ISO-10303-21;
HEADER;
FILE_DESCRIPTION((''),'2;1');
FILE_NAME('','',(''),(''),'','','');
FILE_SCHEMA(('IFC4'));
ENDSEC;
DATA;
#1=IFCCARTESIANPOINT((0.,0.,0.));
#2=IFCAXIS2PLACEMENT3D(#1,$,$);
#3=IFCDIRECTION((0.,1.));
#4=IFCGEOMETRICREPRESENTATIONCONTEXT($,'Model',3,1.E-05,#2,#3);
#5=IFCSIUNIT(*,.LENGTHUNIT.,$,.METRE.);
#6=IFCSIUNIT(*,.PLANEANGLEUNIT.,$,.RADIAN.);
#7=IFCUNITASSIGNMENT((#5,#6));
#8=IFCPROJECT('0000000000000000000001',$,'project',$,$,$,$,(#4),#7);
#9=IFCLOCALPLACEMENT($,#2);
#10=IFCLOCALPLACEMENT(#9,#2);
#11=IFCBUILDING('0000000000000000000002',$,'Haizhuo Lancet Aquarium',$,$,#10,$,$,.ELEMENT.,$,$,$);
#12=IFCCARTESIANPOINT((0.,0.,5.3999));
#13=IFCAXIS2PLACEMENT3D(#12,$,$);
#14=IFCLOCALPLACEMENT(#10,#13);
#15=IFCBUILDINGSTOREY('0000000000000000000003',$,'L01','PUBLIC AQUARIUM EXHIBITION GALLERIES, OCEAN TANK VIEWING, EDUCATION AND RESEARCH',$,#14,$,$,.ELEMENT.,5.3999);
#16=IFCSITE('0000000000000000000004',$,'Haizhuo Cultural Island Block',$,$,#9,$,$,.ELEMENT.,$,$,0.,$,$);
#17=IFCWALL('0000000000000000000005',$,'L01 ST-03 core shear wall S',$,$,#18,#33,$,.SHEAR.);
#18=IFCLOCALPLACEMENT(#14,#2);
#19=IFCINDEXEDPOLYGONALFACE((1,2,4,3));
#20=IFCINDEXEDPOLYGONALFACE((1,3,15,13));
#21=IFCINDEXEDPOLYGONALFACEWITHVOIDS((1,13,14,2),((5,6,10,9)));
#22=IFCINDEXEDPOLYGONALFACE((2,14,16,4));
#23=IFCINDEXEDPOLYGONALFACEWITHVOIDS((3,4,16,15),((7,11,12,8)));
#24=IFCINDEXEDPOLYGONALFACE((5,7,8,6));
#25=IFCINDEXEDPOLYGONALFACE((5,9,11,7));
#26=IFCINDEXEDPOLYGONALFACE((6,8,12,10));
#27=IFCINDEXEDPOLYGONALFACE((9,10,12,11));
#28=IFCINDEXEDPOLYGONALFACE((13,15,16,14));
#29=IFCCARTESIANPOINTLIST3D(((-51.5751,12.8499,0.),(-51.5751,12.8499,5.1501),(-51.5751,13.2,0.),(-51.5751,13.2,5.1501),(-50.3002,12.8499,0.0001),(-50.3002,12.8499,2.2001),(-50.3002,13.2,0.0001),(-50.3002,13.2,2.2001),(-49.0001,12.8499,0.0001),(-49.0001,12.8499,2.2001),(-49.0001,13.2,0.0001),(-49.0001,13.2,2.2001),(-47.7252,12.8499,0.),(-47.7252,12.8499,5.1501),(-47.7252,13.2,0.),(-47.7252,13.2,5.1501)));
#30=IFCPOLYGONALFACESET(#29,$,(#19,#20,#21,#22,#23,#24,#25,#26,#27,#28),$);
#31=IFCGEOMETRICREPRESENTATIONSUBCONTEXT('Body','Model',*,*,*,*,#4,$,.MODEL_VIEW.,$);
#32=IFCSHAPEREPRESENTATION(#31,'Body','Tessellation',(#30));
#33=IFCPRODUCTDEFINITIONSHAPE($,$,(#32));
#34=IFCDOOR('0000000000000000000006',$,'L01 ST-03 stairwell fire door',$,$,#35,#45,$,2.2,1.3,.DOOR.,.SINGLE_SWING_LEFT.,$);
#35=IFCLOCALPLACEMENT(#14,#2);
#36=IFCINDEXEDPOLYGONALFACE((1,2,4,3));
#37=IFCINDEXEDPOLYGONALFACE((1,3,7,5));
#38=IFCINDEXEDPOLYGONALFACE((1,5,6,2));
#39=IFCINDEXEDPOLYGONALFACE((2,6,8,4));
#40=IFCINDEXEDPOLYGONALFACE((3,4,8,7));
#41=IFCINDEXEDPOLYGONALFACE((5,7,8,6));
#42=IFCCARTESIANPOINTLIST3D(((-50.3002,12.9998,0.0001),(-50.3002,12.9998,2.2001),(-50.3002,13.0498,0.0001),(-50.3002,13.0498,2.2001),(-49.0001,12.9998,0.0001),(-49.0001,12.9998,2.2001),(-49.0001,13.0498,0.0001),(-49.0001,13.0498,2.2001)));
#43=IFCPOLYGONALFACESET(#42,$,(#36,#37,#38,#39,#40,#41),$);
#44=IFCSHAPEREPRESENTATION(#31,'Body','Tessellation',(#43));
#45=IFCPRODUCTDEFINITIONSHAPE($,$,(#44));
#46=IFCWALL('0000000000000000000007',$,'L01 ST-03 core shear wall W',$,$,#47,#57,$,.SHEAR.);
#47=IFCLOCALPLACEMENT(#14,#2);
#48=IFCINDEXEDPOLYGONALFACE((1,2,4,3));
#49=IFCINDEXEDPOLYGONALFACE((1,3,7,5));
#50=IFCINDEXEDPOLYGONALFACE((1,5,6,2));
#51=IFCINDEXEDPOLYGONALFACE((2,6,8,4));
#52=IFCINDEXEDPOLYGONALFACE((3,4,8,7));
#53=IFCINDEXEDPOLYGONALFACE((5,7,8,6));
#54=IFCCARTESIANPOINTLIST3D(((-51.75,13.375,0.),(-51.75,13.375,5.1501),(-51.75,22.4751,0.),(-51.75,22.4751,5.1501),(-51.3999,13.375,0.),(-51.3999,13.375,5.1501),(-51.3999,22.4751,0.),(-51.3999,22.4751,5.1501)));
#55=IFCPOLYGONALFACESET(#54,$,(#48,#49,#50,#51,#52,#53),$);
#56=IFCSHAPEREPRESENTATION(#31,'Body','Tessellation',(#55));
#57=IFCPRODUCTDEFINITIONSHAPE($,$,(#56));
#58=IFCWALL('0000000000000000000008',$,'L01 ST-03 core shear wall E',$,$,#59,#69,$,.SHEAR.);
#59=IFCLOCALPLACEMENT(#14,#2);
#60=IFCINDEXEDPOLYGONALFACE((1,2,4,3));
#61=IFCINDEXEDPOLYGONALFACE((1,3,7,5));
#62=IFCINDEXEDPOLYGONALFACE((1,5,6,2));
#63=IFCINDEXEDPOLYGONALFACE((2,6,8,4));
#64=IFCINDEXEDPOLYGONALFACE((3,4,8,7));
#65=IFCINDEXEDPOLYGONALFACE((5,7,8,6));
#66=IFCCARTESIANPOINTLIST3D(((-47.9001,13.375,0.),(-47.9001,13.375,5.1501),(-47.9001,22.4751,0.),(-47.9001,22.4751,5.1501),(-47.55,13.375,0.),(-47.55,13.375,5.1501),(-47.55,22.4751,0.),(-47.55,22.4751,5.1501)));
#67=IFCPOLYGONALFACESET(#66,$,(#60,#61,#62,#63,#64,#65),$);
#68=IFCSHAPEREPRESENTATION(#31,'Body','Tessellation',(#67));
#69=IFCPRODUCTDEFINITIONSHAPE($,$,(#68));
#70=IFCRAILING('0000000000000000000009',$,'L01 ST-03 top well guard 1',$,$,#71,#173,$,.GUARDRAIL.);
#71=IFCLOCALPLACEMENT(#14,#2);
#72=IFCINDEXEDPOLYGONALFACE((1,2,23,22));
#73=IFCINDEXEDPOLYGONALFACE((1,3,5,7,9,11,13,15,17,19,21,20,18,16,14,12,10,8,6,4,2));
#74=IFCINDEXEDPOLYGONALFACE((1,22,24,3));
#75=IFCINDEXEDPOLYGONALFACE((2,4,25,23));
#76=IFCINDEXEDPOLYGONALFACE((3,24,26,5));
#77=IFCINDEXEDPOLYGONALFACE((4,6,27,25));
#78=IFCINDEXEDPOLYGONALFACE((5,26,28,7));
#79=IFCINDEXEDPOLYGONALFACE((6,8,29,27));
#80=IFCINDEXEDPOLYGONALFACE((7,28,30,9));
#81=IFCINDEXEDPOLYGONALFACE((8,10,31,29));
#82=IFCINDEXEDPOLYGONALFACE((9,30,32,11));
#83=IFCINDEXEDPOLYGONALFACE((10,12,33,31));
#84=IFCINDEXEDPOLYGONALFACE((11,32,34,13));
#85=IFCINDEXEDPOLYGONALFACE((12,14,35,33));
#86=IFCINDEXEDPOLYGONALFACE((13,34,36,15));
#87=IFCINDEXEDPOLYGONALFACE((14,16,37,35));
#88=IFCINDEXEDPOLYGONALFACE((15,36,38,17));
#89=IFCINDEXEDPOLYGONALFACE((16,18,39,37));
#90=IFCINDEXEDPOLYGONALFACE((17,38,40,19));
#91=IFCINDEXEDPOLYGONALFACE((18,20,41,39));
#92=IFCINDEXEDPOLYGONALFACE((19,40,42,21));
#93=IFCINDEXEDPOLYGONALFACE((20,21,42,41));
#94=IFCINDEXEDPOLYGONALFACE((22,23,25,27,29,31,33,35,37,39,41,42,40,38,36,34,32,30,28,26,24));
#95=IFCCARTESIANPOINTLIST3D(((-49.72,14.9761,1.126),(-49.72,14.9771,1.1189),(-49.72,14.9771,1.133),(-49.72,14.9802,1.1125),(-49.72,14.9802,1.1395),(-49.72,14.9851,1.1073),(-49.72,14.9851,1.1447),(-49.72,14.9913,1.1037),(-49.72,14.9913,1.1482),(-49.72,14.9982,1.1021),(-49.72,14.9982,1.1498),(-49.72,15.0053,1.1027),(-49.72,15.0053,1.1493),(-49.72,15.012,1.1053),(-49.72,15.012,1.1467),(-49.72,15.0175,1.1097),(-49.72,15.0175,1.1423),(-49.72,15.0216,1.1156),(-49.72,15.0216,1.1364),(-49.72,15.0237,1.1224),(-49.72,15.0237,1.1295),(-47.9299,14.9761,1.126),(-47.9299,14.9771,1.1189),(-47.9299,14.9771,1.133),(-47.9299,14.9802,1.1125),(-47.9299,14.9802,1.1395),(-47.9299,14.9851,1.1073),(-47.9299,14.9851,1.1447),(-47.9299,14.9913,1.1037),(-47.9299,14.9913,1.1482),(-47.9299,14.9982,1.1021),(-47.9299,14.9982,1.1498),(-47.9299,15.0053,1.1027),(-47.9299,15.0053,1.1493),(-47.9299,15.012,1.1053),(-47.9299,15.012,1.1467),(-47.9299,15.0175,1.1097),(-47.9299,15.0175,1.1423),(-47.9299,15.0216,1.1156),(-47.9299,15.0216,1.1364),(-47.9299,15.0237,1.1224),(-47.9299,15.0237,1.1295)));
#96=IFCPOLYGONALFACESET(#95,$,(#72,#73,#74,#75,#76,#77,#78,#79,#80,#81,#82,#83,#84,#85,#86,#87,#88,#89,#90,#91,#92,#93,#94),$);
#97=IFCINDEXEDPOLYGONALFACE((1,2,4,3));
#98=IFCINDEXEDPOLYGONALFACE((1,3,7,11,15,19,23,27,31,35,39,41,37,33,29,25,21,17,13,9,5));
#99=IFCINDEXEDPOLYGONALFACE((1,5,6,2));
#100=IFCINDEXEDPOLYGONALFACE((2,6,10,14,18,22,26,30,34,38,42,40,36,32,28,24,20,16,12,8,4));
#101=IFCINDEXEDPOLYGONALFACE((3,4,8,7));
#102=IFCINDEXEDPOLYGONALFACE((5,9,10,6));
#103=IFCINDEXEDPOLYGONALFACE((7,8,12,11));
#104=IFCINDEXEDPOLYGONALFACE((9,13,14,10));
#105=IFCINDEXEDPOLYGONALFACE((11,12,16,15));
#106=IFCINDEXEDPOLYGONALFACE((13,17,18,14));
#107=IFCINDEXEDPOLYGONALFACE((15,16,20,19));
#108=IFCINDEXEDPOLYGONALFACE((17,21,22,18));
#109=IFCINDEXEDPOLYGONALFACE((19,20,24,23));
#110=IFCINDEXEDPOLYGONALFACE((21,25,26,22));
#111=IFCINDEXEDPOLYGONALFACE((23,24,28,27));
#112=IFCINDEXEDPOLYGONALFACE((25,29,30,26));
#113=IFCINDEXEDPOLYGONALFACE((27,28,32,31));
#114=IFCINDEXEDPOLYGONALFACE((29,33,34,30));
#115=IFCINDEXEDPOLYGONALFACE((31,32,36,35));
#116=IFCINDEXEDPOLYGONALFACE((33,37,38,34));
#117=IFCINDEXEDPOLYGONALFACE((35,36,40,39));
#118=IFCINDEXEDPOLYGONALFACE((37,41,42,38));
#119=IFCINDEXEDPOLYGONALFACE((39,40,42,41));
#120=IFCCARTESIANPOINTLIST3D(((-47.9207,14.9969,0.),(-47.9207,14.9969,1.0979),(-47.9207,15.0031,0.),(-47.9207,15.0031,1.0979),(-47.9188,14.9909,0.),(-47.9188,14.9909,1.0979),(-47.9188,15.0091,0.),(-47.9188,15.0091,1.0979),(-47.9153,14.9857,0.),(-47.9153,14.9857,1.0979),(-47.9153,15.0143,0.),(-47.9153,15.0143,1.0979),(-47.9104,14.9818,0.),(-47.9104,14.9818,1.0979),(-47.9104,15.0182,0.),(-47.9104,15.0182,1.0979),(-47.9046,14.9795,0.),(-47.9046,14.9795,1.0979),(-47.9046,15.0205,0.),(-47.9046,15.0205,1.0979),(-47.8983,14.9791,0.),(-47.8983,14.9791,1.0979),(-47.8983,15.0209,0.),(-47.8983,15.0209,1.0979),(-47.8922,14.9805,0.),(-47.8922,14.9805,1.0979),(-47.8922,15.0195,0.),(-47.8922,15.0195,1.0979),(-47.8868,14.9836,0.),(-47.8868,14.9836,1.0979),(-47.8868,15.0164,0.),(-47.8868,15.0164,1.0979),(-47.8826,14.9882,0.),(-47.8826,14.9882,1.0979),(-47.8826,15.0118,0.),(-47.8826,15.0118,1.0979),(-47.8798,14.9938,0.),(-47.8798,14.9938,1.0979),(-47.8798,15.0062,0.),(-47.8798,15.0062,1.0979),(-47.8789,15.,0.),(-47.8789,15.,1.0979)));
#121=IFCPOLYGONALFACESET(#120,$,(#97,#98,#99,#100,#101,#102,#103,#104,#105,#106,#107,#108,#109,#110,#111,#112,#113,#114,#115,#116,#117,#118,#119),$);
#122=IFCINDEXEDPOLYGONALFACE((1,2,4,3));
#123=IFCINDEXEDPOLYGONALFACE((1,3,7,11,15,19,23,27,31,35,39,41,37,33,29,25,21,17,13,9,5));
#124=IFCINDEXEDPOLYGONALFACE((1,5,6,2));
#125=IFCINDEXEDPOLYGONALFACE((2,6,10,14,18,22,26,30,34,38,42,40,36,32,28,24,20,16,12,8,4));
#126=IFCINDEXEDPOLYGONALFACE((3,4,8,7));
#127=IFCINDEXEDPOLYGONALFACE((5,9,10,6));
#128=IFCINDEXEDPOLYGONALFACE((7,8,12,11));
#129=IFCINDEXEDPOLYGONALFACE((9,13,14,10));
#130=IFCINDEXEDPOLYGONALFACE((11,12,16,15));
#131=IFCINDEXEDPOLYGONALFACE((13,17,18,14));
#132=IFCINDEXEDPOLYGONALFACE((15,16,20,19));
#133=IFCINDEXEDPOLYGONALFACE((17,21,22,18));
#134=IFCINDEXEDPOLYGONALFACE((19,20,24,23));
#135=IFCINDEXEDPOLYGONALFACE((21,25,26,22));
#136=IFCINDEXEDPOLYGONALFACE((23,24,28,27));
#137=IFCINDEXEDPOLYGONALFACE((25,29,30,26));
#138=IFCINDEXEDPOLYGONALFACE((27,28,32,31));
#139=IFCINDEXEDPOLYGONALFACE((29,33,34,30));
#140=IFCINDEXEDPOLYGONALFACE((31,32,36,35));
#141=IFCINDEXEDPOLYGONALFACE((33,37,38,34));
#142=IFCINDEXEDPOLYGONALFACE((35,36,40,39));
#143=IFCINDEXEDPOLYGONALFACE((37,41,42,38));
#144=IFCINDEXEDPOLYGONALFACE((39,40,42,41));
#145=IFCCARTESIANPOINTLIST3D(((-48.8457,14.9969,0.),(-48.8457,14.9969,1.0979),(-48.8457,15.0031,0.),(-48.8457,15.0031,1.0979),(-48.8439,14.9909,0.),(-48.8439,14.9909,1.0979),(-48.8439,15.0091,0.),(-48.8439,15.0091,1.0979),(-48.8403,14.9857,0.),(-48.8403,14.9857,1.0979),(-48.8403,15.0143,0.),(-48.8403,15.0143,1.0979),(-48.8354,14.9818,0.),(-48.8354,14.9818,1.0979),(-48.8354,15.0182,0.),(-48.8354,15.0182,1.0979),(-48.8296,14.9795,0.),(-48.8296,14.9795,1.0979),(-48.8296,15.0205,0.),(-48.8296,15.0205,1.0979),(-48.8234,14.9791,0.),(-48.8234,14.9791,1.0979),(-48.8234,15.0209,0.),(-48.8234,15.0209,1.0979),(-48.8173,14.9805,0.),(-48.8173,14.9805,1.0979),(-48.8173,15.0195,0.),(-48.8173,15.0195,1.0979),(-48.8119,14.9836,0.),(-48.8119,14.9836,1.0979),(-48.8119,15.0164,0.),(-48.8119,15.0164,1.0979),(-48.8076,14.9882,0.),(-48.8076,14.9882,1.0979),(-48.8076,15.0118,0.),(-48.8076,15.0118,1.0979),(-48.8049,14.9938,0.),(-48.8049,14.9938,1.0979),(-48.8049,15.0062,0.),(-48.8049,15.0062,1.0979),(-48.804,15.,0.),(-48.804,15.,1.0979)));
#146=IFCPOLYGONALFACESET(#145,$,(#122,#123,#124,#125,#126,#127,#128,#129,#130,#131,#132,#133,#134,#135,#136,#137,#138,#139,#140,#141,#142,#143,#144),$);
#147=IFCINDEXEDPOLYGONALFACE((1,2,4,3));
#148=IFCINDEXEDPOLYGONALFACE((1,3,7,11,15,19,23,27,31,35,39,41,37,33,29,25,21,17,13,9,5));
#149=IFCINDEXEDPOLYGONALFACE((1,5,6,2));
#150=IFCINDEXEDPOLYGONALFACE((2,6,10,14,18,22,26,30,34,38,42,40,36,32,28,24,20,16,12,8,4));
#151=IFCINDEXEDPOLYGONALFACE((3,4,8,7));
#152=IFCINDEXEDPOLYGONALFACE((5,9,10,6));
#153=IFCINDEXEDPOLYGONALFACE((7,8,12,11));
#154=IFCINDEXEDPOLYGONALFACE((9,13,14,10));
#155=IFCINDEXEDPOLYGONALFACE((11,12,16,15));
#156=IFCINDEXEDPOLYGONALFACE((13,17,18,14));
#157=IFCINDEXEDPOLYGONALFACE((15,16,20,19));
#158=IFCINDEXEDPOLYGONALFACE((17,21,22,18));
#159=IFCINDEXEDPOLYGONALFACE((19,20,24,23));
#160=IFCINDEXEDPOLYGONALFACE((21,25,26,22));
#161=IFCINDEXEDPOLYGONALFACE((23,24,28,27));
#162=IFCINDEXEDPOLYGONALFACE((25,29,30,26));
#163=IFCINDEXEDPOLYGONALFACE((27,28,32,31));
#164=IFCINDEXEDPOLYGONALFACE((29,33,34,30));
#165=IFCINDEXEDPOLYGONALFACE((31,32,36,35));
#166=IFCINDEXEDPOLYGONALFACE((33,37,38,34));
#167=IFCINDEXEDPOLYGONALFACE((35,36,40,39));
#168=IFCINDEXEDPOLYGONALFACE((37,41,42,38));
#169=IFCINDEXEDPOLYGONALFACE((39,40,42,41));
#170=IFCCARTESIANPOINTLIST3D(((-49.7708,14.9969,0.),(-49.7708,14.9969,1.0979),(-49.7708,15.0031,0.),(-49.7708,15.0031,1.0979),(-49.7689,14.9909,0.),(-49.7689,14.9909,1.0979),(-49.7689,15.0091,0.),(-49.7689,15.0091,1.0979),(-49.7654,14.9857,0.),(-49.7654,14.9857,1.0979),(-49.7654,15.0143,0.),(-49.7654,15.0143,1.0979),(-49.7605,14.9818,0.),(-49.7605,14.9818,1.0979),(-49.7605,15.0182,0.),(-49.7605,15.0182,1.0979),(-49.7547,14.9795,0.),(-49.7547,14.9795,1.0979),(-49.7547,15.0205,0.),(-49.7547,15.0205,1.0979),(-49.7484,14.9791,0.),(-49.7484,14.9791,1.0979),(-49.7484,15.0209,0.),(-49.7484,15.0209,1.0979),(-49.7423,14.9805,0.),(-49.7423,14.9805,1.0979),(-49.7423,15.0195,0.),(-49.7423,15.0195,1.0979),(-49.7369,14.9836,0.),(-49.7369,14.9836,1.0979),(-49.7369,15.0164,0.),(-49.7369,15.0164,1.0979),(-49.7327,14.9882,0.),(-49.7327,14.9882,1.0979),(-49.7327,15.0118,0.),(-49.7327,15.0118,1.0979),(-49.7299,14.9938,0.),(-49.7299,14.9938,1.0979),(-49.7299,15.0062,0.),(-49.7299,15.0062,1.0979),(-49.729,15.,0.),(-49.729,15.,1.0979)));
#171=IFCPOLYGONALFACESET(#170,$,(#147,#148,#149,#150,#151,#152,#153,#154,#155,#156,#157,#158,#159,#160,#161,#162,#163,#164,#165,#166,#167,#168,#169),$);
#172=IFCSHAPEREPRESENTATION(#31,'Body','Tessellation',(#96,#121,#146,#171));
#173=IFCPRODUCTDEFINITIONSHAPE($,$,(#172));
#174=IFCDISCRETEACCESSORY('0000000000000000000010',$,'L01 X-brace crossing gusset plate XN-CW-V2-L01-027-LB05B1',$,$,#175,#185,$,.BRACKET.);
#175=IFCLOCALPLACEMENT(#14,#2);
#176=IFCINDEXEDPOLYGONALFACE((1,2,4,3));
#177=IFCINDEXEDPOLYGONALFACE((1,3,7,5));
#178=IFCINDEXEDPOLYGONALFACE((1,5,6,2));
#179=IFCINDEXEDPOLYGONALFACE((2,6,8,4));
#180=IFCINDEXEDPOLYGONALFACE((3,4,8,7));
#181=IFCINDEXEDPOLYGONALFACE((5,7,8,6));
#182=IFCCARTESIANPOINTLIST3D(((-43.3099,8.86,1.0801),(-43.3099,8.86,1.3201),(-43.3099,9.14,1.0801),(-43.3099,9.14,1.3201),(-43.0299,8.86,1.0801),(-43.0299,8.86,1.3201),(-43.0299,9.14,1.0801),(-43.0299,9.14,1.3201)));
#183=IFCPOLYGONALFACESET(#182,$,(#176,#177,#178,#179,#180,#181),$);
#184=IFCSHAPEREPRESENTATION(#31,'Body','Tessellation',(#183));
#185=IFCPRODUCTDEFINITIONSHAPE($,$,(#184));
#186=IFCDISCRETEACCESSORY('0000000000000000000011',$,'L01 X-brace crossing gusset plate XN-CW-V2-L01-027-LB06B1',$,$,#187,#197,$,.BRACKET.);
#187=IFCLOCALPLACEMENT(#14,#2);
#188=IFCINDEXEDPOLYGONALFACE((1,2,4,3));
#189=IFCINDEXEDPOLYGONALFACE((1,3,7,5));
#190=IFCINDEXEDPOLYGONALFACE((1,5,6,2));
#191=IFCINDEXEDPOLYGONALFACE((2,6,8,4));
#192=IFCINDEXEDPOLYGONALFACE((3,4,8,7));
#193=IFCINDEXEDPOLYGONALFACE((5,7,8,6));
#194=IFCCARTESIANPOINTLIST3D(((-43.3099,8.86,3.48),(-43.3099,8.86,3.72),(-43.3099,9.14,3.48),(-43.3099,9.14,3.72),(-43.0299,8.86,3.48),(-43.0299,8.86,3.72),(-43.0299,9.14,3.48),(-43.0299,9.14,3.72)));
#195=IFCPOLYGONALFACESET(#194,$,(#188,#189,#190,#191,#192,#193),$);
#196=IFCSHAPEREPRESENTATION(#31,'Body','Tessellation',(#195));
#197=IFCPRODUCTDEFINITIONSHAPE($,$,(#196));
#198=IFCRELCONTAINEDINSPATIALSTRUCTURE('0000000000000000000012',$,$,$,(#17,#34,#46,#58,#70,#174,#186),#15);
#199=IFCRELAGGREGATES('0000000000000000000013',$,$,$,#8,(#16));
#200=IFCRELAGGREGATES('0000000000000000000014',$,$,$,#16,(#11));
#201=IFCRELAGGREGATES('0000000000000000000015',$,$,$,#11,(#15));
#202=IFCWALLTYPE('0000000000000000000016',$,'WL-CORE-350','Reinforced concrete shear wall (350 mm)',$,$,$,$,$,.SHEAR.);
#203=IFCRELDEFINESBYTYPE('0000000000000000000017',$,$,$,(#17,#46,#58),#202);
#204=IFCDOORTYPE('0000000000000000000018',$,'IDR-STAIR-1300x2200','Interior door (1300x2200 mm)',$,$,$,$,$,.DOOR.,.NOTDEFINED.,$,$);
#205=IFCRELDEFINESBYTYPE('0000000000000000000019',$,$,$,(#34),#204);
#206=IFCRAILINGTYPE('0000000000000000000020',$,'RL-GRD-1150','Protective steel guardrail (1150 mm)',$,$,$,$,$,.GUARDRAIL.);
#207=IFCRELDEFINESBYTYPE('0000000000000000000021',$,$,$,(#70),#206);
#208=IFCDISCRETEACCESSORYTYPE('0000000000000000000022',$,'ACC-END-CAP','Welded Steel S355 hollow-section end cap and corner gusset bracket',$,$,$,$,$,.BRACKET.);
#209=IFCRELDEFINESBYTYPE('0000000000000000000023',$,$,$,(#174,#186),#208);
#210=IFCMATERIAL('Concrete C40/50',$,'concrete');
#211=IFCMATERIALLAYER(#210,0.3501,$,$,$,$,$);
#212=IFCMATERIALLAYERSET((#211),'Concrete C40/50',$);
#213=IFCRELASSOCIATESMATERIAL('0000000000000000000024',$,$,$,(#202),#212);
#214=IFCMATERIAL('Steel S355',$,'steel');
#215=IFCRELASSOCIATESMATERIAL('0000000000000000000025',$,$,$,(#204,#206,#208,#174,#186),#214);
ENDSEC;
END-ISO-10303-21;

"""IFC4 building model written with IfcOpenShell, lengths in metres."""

from ifc_helpers import new_model, si_unit, direction, frame, frame_2d, origin, origin_2d, place, context, subcontext, project, spatial, rectangle, circle, extrude, material, layer, layer_set, type_object, element, fill, save


model = new_model("IFC4")

# Units and contexts
model_context = context("Model", 3, precision=1e-05, world=origin(), true_north=direction((0.0, 1.0)))
body_context = subcontext(model_context, "Body", "Model", "MODEL_VIEW")
ifc_project = project(units=[si_unit("LENGTHUNIT", "METRE"), si_unit("PLANEANGLEUNIT", "RADIAN")], contexts=[model_context])

# Site, building, storey
site_placement = place(None, origin())
site = spatial("IfcSite", under=ifc_project, at=site_placement, Name="Haizhuo Cultural Island Block", CompositionType="ELEMENT", RefElevation=0.0)
building_placement = place(site_placement, origin())
building = spatial("IfcBuilding", under=site, at=building_placement, Name="Haizhuo Lancet Aquarium", CompositionType="ELEMENT")
storey_placement = place(building_placement, frame((0.0, 0.0, 5.3999)))
storey = spatial("IfcBuildingStorey", under=building, at=storey_placement, Name="L01", Description="PUBLIC AQUARIUM EXHIBITION GALLERIES, OCEAN TANK VIEWING, EDUCATION AND RESEARCH", CompositionType="ELEMENT", Elevation=5.3999)

# Shared definitions
ifc_material_1 = material(Name="Concrete C40/50", Category="concrete")

# Shared definitions
ifc_material_2 = material(Name="Steel S355", Category="steel")

# Wall, opening, door
ifc_layer_1 = layer(ifc_material_1, 0.3501)
ifc_layer_set_1 = layer_set([ifc_layer_1], Name="Concrete C40/50")
wall_type_1 = type_object("IfcWallType", Name="WL-CORE-350", Description="Reinforced concrete shear wall (350 mm)", PredefinedType="SHEAR", material=ifc_layer_set_1)
wall_1_placement = place(storey_placement, frame((-51.575, 13.0249, 0.0), z_axis=(0.0, 0.0, 1.0), x_axis=(1.0, 0.0, 0.0)))
wall_1 = element("IfcWall", 1, at=wall_1_placement, inside=storey, type_object=wall_type_1, Name="L01 ST-03 core shear wall S", PredefinedType="SHEAR", context=body_context, shape_type="SweptSolid", body=[
    extrude(rectangle(XDim=3.8499, YDim=0.3501, at=frame_2d((1.9248, 0.0))), origin(), (0.0, 0.0, 1.0), 5.1501),
])
opening_1_placement = place(wall_1_placement, frame((1.2749, 0.0, 0.0)))
opening_1 = element("IfcOpeningElement", 2, at=opening_1_placement, cuts=wall_1, PredefinedType="OPENING", context=body_context, shape_type="SweptSolid", body=[
    extrude(rectangle(XDim=1.3, YDim=2.2, at=frame_2d((0.6499, 1.1001))), frame((0.0, 0.1851, 0.0), z_axis=(0.0, -1.0, 0.0), x_axis=(1.0, 0.0, 0.0)), (0.0, 0.0, 1.0), 0.3701),
])
door_type_1 = type_object("IfcDoorType", Name="IDR-STAIR-1300x2200", Description="Interior door (1300x2200 mm)", OperationType="NOTDEFINED", PredefinedType="DOOR", material=ifc_material_2)
door_1_placement = place(opening_1_placement, origin())
door_1 = element("IfcDoor", 3, at=door_1_placement, inside=storey, type_object=door_type_1, Name="L01 ST-03 stairwell fire door", OperationType="SINGLE_SWING_LEFT", OverallHeight=2.2, OverallWidth=1.3, PredefinedType="DOOR", context=body_context, shape_type="SweptSolid", body=[
    extrude(rectangle(XDim=1.3, YDim=2.2, at=frame_2d((0.6499, 1.1001))), frame((0.0, 0.0249, 0.0), z_axis=(0.0, -1.0, 0.0), x_axis=(1.0, 0.0, 0.0)), (0.0, 0.0, 1.0), 0.05),
])
fill(opening_1, door_1)

# Walls
for number, where, z_axis, x_axis, name in (
    (4, (-51.575, 13.375, 0.0), (0.0, 0.0, 1.0), (0.0, 1.0, 0.0), "L01 ST-03 core shear wall W"),
    (5, (-47.7251, 13.375, 0.0), (0.0, 0.0, 1.0), (0.0, 1.0, 0.0), "L01 ST-03 core shear wall E"),
):
    element("IfcWall", number, at=place(storey_placement, frame(where, z_axis=z_axis, x_axis=x_axis)), inside=storey, type_object=wall_type_1, Name=name, PredefinedType="SHEAR", context=body_context, shape_type="SweptSolid", body=[
        extrude(rectangle(XDim=9.1001, YDim=0.3501, at=frame_2d((4.55, 0.0))), origin(), (0.0, 0.0, 1.0), 5.1501),
    ])

# Railing
railing_type = type_object("IfcRailingType", Name="RL-GRD-1150", Description="Protective steel guardrail (1150 mm)", PredefinedType="GUARDRAIL", material=ifc_material_2)
railing_placement = place(storey_placement, frame((-47.8999, 15.0, 0.0)))
element("IfcRailing", 6, at=railing_placement, inside=storey, type_object=railing_type, Name="L01 ST-03 top well guard 1", PredefinedType="GUARDRAIL", context=body_context, shape_type="SweptSolid", body=[
    extrude(circle(Radius=0.0239, at=origin_2d()), frame((-0.03, 0.0, 1.126), z_axis=(-1.0, 0.0, 0.0), x_axis=(0.0, -1.0, 0.0)), (0.0, 0.0, 1.0), 1.79),
    extrude(circle(Radius=0.021, at=origin_2d()), origin(), (0.0, 0.0, 1.0), 1.0979),
    extrude(circle(Radius=0.021, at=origin_2d()), frame((-0.925, 0.0, 0.0)), (0.0, 0.0, 1.0), 1.0979),
    extrude(circle(Radius=0.021, at=origin_2d()), frame((-1.8501, 0.0, 0.0)), (0.0, 0.0, 1.0), 1.0979),
])

# Discrete accessories
discrete_accessory_type = type_object("IfcDiscreteAccessoryType", Name="ACC-END-CAP", Description="Welded Steel S355 hollow-section end cap and corner gusset bracket", PredefinedType="BRACKET", material=ifc_material_2)
for number, where, z_axis, x_axis, name in (
    (7, (-43.1699, 9.0, 1.0801), (0.0, 0.0, 1.0), (1.0, 0.0, 0.0), "L01 X-brace crossing gusset plate XN-CW-V2-L01-027-LB05B1"),
    (8, (-43.1699, 9.0, 3.48), (0.0, 0.0, 1.0), (1.0, 0.0, 0.0), "L01 X-brace crossing gusset plate XN-CW-V2-L01-027-LB06B1"),
):
    element("IfcDiscreteAccessory", number, at=place(storey_placement, frame(where, z_axis=z_axis, x_axis=x_axis)), inside=storey, type_object=discrete_accessory_type, material=ifc_material_2, Name=name, PredefinedType="BRACKET", context=body_context, shape_type="SweptSolid", body=[
        extrude(rectangle(XDim=0.28, YDim=0.28, at=origin_2d()), origin(), (0.0, 0.0, 1.0), 0.24),
    ])

save(model, "model.ifc")
